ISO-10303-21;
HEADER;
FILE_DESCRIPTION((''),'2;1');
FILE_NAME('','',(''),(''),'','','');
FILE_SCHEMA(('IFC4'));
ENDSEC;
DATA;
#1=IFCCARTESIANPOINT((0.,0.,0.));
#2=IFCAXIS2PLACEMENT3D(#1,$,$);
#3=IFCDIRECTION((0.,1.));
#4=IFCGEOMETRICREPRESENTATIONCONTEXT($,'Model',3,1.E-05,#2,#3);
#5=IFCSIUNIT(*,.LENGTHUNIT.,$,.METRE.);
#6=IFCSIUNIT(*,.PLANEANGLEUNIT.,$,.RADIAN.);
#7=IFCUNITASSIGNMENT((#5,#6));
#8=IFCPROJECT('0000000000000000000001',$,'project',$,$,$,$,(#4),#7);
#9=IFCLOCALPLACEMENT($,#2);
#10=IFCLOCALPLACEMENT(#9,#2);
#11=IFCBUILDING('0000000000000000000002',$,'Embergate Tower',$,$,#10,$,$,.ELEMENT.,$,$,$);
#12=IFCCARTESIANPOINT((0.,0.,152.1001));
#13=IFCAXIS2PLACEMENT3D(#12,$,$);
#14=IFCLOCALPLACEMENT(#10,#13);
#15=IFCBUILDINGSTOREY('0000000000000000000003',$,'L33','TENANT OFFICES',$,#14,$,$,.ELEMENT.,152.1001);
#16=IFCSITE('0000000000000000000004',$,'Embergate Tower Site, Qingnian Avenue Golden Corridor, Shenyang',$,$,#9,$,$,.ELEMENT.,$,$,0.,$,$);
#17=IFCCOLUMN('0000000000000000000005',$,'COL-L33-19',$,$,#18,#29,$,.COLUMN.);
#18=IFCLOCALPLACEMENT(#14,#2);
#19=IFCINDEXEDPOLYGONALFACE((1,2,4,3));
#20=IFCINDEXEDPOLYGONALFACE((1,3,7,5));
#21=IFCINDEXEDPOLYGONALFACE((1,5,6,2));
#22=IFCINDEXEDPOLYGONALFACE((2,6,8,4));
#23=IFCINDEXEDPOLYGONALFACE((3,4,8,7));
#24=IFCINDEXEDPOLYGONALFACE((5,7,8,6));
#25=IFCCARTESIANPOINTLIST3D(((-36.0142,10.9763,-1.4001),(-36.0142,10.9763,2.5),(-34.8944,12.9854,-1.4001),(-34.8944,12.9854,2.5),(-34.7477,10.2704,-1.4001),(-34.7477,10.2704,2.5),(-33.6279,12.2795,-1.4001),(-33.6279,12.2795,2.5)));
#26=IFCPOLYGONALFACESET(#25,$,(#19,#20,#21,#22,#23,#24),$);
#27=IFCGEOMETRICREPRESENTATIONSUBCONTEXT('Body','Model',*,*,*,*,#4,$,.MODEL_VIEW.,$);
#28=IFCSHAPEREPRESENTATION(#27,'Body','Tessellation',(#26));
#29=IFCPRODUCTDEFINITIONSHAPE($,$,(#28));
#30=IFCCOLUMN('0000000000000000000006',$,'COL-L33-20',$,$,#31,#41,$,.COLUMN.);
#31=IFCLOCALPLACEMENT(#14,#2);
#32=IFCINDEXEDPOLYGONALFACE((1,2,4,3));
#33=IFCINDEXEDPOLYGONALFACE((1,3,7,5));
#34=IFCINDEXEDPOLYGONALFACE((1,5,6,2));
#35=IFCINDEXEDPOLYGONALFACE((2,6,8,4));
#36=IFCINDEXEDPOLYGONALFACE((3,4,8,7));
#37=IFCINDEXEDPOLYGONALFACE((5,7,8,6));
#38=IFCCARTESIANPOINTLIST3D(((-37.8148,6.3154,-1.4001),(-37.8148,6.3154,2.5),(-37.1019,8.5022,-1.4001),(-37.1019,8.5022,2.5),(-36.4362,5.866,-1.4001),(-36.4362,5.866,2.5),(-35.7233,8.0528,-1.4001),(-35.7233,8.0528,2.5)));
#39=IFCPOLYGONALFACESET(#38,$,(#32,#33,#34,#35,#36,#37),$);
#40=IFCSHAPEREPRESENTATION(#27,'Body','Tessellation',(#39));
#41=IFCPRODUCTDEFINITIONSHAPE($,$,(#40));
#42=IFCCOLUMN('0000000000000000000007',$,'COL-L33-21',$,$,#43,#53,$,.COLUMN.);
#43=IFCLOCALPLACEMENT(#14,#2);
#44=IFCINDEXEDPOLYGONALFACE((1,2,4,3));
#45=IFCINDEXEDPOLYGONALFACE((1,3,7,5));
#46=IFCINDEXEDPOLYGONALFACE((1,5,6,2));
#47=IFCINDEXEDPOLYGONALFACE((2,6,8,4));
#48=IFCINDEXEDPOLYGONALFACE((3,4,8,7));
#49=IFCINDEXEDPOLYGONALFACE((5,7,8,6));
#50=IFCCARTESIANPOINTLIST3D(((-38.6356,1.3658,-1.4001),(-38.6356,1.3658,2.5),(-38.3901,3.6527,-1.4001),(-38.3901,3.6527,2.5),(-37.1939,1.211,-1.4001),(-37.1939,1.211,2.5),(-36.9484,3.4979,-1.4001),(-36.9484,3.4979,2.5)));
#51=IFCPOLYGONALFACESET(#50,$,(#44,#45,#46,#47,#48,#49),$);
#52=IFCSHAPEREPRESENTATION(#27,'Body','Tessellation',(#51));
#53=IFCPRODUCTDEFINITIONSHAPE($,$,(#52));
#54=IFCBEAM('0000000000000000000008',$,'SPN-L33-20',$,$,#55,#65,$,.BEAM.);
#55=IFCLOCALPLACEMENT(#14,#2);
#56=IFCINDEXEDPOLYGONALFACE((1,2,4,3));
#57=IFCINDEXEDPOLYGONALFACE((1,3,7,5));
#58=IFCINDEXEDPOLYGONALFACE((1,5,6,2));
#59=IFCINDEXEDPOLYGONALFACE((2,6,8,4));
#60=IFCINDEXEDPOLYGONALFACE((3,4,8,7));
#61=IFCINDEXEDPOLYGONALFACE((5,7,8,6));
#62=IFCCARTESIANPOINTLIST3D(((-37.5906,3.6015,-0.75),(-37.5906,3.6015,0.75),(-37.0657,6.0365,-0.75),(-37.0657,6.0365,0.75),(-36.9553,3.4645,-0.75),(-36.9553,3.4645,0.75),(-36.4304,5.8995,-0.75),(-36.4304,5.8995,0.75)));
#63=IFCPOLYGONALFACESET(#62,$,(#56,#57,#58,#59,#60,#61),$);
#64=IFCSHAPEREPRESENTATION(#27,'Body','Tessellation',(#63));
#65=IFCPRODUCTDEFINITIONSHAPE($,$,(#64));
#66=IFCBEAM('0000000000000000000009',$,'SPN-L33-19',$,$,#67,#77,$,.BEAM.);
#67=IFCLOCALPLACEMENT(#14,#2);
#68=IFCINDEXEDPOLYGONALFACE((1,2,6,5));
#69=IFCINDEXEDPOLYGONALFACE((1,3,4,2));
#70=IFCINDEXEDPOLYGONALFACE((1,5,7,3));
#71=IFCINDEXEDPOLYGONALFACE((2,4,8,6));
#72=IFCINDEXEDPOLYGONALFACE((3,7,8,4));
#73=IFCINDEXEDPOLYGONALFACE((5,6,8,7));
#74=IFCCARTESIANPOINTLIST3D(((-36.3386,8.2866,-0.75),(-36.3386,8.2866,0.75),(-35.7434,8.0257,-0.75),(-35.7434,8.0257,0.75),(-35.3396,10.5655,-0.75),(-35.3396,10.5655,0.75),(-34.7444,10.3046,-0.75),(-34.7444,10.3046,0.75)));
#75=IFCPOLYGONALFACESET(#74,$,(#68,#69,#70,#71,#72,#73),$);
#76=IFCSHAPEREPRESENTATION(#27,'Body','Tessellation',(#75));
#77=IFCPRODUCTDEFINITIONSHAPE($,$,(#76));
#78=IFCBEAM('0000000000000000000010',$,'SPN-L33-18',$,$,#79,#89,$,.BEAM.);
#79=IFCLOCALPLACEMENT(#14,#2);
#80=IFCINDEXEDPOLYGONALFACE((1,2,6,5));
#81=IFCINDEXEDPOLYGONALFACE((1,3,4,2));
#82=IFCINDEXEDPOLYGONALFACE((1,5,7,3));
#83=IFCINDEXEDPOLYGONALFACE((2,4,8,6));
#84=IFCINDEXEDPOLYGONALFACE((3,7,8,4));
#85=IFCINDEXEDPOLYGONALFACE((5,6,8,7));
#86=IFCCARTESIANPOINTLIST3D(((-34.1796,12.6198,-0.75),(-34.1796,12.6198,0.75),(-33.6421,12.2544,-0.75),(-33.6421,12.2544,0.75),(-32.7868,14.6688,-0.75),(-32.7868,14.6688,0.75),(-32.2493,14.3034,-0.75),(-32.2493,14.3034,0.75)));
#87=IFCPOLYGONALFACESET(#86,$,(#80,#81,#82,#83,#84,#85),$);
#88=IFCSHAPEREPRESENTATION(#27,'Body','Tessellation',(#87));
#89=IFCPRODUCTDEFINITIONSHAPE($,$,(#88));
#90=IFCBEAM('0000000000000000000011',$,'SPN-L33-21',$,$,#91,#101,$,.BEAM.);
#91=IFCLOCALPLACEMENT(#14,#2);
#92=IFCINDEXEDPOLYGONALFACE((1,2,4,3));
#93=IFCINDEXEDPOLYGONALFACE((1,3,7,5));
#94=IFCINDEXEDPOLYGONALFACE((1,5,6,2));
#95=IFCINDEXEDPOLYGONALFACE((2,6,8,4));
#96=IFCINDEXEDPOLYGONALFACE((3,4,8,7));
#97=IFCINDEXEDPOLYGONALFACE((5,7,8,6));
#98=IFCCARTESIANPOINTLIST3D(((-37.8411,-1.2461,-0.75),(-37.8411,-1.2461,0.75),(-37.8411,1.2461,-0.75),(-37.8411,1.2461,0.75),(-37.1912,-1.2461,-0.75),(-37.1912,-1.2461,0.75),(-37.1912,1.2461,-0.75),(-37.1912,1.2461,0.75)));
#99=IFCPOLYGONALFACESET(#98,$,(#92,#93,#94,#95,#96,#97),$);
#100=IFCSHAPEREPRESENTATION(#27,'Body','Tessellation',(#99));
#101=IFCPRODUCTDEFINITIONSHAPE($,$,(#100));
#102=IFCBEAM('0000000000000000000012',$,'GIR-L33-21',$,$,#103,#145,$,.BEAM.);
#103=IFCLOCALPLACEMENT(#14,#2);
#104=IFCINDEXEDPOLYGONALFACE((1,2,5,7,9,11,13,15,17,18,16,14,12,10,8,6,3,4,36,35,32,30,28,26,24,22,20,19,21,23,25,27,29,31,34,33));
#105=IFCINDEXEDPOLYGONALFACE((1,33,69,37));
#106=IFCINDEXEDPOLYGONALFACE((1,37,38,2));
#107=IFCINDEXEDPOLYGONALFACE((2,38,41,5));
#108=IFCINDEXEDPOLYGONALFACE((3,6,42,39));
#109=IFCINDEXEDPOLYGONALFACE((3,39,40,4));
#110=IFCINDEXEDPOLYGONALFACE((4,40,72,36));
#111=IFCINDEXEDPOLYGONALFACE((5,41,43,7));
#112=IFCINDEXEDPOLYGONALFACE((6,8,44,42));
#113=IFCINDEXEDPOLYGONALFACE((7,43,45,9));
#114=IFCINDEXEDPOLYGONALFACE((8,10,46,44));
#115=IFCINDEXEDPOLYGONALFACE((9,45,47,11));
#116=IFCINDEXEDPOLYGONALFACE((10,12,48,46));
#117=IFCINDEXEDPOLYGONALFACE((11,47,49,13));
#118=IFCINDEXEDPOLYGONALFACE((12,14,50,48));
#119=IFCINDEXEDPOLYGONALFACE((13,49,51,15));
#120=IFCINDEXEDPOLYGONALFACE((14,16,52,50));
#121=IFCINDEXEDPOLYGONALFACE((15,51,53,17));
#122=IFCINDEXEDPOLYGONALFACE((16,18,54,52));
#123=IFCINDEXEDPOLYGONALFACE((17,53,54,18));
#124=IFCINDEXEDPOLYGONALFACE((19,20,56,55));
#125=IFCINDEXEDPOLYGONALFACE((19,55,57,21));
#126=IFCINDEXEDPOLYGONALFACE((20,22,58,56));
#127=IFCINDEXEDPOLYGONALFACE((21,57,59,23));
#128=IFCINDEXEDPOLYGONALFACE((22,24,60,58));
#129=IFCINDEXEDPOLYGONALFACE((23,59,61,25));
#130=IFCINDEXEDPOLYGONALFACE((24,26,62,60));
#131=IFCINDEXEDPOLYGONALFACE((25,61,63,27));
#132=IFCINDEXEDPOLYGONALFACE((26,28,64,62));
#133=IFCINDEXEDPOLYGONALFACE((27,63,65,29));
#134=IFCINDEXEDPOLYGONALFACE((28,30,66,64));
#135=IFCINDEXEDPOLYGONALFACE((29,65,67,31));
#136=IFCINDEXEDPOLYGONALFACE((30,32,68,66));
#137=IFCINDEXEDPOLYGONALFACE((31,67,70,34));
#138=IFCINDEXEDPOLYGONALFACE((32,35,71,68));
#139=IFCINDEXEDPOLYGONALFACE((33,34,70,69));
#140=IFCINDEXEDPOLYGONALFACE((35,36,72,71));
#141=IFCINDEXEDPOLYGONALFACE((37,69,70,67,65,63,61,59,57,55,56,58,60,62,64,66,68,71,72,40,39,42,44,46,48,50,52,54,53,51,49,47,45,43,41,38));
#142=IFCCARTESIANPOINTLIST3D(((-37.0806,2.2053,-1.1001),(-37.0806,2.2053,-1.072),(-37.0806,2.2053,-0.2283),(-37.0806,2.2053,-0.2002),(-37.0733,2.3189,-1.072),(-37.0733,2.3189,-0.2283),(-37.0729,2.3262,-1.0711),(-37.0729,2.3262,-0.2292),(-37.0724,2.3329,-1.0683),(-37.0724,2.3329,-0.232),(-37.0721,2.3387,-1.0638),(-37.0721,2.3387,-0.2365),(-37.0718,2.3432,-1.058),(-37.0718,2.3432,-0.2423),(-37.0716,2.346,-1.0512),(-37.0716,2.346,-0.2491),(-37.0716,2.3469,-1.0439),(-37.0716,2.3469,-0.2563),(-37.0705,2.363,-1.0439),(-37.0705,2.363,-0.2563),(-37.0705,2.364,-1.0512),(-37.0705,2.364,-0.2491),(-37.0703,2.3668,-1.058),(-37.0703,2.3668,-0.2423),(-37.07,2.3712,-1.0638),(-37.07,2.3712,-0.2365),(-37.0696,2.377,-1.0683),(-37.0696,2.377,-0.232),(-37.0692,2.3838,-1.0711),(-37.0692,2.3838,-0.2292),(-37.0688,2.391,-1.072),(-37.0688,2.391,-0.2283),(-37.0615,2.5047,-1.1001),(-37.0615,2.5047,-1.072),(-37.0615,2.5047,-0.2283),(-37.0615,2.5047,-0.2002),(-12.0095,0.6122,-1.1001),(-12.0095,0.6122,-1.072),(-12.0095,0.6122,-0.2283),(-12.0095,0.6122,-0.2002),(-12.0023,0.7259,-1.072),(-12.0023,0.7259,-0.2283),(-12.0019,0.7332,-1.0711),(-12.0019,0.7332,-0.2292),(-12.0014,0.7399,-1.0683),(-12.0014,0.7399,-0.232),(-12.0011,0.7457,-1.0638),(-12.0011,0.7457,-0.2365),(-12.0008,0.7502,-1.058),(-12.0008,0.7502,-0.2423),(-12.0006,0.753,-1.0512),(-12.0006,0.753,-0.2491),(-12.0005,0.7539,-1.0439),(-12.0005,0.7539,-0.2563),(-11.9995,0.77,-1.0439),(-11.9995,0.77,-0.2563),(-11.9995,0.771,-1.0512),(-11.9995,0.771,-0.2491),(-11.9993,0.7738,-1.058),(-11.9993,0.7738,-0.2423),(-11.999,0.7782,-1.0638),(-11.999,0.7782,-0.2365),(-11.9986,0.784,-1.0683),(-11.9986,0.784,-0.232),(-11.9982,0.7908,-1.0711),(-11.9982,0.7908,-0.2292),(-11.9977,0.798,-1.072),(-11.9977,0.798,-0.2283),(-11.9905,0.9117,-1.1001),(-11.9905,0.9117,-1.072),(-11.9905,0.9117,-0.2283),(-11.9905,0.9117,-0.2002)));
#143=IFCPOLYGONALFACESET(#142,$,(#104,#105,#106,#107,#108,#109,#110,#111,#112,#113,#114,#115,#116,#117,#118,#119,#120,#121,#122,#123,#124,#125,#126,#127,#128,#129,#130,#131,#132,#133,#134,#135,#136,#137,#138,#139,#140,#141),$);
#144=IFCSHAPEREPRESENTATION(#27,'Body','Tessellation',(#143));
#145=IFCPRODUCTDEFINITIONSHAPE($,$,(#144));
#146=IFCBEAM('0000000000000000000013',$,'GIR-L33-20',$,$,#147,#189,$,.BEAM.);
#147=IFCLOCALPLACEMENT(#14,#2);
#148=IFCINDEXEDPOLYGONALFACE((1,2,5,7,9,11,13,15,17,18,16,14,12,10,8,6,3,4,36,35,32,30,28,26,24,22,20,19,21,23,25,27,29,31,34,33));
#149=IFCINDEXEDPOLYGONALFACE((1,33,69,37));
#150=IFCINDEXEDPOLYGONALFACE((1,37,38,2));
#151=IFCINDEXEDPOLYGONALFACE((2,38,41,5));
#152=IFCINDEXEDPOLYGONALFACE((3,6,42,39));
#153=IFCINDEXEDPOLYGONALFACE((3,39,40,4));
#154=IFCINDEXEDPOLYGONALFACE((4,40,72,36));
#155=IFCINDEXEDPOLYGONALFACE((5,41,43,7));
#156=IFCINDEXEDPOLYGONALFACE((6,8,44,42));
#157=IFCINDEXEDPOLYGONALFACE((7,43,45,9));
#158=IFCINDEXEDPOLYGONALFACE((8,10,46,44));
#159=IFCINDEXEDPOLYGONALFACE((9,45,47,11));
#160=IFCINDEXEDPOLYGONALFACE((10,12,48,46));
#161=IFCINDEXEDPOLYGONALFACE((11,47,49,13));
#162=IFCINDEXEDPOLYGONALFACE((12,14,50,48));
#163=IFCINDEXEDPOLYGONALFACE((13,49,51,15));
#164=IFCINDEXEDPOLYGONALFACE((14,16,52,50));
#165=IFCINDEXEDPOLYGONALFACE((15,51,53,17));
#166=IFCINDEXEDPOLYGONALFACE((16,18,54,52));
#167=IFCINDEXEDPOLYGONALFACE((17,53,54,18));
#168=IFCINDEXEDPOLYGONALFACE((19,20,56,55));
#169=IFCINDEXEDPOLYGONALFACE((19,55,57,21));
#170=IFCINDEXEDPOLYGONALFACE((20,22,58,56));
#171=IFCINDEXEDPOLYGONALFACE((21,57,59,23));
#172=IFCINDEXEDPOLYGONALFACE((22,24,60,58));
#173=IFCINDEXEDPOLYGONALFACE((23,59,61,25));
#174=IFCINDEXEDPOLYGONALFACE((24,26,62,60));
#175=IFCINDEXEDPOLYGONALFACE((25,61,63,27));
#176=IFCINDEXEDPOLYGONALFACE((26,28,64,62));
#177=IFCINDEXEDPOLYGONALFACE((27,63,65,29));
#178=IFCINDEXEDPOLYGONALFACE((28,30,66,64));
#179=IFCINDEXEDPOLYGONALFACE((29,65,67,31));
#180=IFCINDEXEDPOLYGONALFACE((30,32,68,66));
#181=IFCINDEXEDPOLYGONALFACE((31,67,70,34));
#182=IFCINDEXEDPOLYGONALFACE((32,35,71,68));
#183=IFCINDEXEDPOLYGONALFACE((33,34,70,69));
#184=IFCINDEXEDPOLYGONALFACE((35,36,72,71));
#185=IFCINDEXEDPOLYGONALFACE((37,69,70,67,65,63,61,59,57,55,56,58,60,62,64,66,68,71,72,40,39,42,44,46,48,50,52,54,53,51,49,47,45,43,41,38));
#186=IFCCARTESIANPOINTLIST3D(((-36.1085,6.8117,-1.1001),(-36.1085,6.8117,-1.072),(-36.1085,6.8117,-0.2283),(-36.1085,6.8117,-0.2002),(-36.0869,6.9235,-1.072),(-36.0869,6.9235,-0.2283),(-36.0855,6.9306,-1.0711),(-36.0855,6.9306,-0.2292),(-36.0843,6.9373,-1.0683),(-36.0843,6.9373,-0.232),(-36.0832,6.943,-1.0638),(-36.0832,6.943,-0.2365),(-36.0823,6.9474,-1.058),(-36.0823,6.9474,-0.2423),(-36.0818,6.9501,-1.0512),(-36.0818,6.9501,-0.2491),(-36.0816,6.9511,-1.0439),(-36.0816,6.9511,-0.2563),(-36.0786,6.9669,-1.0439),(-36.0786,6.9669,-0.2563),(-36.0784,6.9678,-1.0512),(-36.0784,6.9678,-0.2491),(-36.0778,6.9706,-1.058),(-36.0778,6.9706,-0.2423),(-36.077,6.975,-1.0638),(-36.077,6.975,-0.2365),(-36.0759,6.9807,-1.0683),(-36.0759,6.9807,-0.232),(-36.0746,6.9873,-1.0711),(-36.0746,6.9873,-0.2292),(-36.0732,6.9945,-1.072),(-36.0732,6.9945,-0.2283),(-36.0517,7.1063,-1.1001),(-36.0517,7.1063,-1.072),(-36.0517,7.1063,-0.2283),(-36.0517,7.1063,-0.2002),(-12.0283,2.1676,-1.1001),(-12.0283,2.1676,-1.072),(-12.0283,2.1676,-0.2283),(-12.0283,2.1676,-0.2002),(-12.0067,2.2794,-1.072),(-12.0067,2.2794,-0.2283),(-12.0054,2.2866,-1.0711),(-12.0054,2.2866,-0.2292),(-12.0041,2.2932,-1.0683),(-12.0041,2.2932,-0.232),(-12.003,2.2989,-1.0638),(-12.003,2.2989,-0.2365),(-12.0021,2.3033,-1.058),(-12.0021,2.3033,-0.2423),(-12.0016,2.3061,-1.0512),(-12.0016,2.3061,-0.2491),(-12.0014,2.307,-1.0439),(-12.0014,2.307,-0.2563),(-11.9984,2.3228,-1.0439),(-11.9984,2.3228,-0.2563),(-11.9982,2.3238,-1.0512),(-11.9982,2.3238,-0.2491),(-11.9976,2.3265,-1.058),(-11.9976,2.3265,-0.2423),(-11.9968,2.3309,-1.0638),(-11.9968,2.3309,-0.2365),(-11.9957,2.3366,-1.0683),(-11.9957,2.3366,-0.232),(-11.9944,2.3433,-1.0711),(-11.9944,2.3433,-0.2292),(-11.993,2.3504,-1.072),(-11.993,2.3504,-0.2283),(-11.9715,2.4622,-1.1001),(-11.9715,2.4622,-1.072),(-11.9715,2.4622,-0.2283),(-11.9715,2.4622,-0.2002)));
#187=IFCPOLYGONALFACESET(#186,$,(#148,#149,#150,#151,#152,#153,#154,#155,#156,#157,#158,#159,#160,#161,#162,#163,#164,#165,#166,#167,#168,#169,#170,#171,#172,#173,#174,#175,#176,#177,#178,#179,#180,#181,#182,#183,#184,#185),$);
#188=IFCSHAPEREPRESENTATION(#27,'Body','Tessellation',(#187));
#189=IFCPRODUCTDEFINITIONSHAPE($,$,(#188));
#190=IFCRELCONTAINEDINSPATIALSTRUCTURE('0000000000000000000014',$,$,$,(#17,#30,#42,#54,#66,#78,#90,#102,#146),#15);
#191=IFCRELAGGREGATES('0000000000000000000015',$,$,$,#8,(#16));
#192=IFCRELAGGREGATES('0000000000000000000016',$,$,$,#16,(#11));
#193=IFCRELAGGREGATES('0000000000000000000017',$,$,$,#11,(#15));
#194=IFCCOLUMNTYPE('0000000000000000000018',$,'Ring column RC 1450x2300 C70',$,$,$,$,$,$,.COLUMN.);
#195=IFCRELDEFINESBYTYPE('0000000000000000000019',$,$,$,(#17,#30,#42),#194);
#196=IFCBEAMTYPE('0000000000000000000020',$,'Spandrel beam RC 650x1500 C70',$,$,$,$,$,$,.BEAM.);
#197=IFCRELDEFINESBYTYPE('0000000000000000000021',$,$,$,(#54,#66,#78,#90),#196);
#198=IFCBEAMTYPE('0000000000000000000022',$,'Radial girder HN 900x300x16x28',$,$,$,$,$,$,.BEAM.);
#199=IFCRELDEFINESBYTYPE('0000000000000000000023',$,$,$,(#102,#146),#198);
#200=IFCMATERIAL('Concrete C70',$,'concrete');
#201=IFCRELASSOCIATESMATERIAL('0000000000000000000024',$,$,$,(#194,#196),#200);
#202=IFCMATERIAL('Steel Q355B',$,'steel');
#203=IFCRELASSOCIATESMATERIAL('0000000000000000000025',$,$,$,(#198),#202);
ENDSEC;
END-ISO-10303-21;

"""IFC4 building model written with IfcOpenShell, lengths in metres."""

from ifc_helpers import new_model, si_unit, direction, frame, origin, origin_2d, place, context, subcontext, project, spatial, rectangle, i_section, extrude, source, transform, mapped, material, material_profile, profile_set, type_object, element, save


model = new_model("IFC4")

# Units and contexts
model_context = context("Model", 3, precision=1e-05, world=origin(), true_north=direction((0.0, 1.0)))
body_context = subcontext(model_context, "Body", "Model", "MODEL_VIEW")
ifc_project = project(units=[si_unit("LENGTHUNIT", "METRE"), si_unit("PLANEANGLEUNIT", "RADIAN")], contexts=[model_context])

# Site, building, storey
site_placement = place(None, origin())
site = spatial("IfcSite", under=ifc_project, at=site_placement, Name="Embergate Tower Site, Qingnian Avenue Golden Corridor, Shenyang", CompositionType="ELEMENT", RefElevation=0.0)
building_placement = place(site_placement, origin())
building = spatial("IfcBuilding", under=site, at=building_placement, Name="Embergate Tower", CompositionType="ELEMENT")
storey_placement = place(building_placement, frame((0.0, 0.0, 152.1001)))
storey = spatial("IfcBuildingStorey", under=building, at=storey_placement, Name="L33", Description="TENANT OFFICES", CompositionType="ELEMENT", Elevation=152.1001)

# Columns
ifc_material_1 = material(Name="Concrete C70", Category="concrete")
ifc_material_profile_1 = material_profile(ifc_material_1, rectangle(XDim=1.45, YDim=2.3, at=origin_2d()), Name="RC 1450x2300")
ifc_profile_set_1 = profile_set([ifc_material_profile_1], Name="Concrete C70")
column_type = type_object("IfcColumnType", Name="Ring column RC 1450x2300 C70", PredefinedType="COLUMN", material=ifc_profile_set_1)
shared_shape_1 = source(origin(), body_context, "Body", "SweptSolid", [
    extrude(rectangle(XDim=1.45, YDim=2.3, at=origin_2d()), origin(), (0.0, 0.0, 1.0), 3.9001),
])
for number, where, z_axis, x_axis, name in (
    (1, (-34.821, 11.6279, -1.4001), (0.0, 0.0, 1.0), (-0.873492, 0.486839, 0.0), "COL-L33-19"),
    (2, (-36.769, 7.1841, -1.4001), (0.0, 0.0, 1.0), (-0.950754, 0.309946, 0.0), "COL-L33-20"),
    (3, (-37.792, 2.4319, -1.4001), (0.0, 0.0, 1.0), (-0.994286, 0.10675, 0.0), "COL-L33-21"),
):
    element("IfcColumn", number, at=place(storey_placement, frame(where, z_axis=z_axis, x_axis=x_axis)), inside=storey, type_object=column_type, Name=name, PredefinedType="COLUMN", context=body_context, shape_type="MappedRepresentation", body=[
        mapped(shared_shape_1, transform((0.0, 0.0, 0.0))),
    ])

# Beams
ifc_material_profile_2 = material_profile(ifc_material_1, rectangle(XDim=0.6499, YDim=1.5, at=origin_2d()), Name="RC 650x1500")
ifc_profile_set_2 = profile_set([ifc_material_profile_2], Name="Concrete C70")
beam_type_1 = type_object("IfcBeamType", Name="Spandrel beam RC 650x1500 C70", PredefinedType="BEAM", material=ifc_profile_set_2)
shared_shape_2 = source(origin(), body_context, "Body", "SweptSolid", [
    extrude(rectangle(XDim=0.6499, YDim=1.5, at=origin_2d()), origin(), (0.0, 0.0, 1.0), 2.491),
])
beam_1_placement = place(storey_placement, frame((-36.748, 5.968, 0.0), z_axis=(-0.21072, -0.977546, 0.0), x_axis=(0.977546, -0.21072, 0.0)))
element("IfcBeam", 4, at=beam_1_placement, inside=storey, type_object=beam_type_1, Name="SPN-L33-20", PredefinedType="BEAM", context=body_context, shape_type="MappedRepresentation", body=[
    mapped(shared_shape_2, transform((0.0, 0.0, 0.0))),
])
shared_shape_3 = source(origin(), body_context, "Body", "SweptSolid", [
    extrude(rectangle(XDim=0.6499, YDim=1.5, at=origin_2d()), origin(), (0.0, 0.0, 1.0), 2.4883),
])
beam_2_placement = place(storey_placement, frame((-35.042, 10.4351, 0.0), z_axis=(-0.401472, -0.915871, 0.0), x_axis=(0.915871, -0.401472, 0.0)))
element("IfcBeam", 5, at=beam_2_placement, inside=storey, type_object=beam_type_1, Name="SPN-L33-19", PredefinedType="BEAM", context=body_context, shape_type="MappedRepresentation", body=[
    mapped(shared_shape_3, transform((0.0, 0.0, 0.0))),
])
shared_shape_4 = source(origin(), body_context, "Body", "SweptSolid", [
    extrude(rectangle(XDim=0.6499, YDim=1.5, at=origin_2d()), origin(), (0.0, 0.0, 1.0), 2.4775),
])
beam_3_placement = place(storey_placement, frame((-32.5181, 14.4861, 0.0), z_axis=(-0.562159, -0.827029, 0.0), x_axis=(0.827029, -0.562159, 0.0)))
element("IfcBeam", 6, at=beam_3_placement, inside=storey, type_object=beam_type_1, Name="SPN-L33-18", PredefinedType="BEAM", context=body_context, shape_type="MappedRepresentation", body=[
    mapped(shared_shape_4, transform((0.0, 0.0, 0.0))),
])
shared_shape_5 = source(origin(), body_context, "Body", "SweptSolid", [
    extrude(rectangle(XDim=0.6499, YDim=1.5, at=origin_2d()), origin(), (0.0, 0.0, 1.0), 2.4922),
])
beam_4_placement = place(storey_placement, frame((-37.5161, 1.2461, 0.0), z_axis=(0.0, -1.0, 0.0), x_axis=(1.0, 0.0, 0.0)))
element("IfcBeam", 7, at=beam_4_placement, inside=storey, type_object=beam_type_1, Name="SPN-L33-21", PredefinedType="BEAM", context=body_context, shape_type="MappedRepresentation", body=[
    mapped(shared_shape_5, transform((0.0, 0.0, 0.0))),
])
ifc_material_2 = material(Name="Steel Q355B", Category="steel")
ifc_material_profile_3 = material_profile(ifc_material_2, i_section(OverallWidth=0.3, OverallDepth=0.8999, WebThickness=0.0161, FlangeThickness=0.0281, FilletRadius=0.0281, at=origin_2d()), Name="HN 900x300x16x28")
ifc_profile_set_3 = profile_set([ifc_material_profile_3], Name="Steel Q355 grade B")
beam_type_2 = type_object("IfcBeamType", Name="Radial girder HN 900x300x16x28", PredefinedType="BEAM", material=ifc_profile_set_3)
shared_shape_6 = source(origin(), body_context, "Body", "SweptSolid", [
    extrude(i_section(OverallWidth=0.3, OverallDepth=0.8999, WebThickness=0.0161, FlangeThickness=0.0281, FilletRadius=0.0281, at=origin_2d()), origin(), (0.0, 0.0, 1.0), 25.1216),
])
beam_5_placement = place(storey_placement, frame((-37.071, 2.355, -0.6501), z_axis=(0.997987, -0.063412, 0.0), x_axis=(0.063412, 0.997987, 0.0)))
element("IfcBeam", 8, at=beam_5_placement, inside=storey, type_object=beam_type_2, Name="GIR-L33-21", PredefinedType="BEAM", context=body_context, shape_type="MappedRepresentation", body=[
    mapped(shared_shape_6, transform((0.0, 0.0, 0.0))),
])
shared_shape_7 = source(origin(), body_context, "Body", "SweptSolid", [
    extrude(i_section(OverallWidth=0.3, OverallDepth=0.8999, WebThickness=0.0161, FlangeThickness=0.0281, FilletRadius=0.0281, at=origin_2d()), origin(), (0.0, 0.0, 1.0), 24.5239),
])
beam_6_placement = place(storey_placement, frame((-36.0801, 6.959, -0.6501), z_axis=(0.981906, -0.189369, 0.0), x_axis=(0.189369, 0.981906, 0.0)))
element("IfcBeam", 9, at=beam_6_placement, inside=storey, type_object=beam_type_2, Name="GIR-L33-20", PredefinedType="BEAM", context=body_context, shape_type="MappedRepresentation", body=[
    mapped(shared_shape_7, transform((0.0, 0.0, 0.0))),
])

save(model, "model.ifc")
